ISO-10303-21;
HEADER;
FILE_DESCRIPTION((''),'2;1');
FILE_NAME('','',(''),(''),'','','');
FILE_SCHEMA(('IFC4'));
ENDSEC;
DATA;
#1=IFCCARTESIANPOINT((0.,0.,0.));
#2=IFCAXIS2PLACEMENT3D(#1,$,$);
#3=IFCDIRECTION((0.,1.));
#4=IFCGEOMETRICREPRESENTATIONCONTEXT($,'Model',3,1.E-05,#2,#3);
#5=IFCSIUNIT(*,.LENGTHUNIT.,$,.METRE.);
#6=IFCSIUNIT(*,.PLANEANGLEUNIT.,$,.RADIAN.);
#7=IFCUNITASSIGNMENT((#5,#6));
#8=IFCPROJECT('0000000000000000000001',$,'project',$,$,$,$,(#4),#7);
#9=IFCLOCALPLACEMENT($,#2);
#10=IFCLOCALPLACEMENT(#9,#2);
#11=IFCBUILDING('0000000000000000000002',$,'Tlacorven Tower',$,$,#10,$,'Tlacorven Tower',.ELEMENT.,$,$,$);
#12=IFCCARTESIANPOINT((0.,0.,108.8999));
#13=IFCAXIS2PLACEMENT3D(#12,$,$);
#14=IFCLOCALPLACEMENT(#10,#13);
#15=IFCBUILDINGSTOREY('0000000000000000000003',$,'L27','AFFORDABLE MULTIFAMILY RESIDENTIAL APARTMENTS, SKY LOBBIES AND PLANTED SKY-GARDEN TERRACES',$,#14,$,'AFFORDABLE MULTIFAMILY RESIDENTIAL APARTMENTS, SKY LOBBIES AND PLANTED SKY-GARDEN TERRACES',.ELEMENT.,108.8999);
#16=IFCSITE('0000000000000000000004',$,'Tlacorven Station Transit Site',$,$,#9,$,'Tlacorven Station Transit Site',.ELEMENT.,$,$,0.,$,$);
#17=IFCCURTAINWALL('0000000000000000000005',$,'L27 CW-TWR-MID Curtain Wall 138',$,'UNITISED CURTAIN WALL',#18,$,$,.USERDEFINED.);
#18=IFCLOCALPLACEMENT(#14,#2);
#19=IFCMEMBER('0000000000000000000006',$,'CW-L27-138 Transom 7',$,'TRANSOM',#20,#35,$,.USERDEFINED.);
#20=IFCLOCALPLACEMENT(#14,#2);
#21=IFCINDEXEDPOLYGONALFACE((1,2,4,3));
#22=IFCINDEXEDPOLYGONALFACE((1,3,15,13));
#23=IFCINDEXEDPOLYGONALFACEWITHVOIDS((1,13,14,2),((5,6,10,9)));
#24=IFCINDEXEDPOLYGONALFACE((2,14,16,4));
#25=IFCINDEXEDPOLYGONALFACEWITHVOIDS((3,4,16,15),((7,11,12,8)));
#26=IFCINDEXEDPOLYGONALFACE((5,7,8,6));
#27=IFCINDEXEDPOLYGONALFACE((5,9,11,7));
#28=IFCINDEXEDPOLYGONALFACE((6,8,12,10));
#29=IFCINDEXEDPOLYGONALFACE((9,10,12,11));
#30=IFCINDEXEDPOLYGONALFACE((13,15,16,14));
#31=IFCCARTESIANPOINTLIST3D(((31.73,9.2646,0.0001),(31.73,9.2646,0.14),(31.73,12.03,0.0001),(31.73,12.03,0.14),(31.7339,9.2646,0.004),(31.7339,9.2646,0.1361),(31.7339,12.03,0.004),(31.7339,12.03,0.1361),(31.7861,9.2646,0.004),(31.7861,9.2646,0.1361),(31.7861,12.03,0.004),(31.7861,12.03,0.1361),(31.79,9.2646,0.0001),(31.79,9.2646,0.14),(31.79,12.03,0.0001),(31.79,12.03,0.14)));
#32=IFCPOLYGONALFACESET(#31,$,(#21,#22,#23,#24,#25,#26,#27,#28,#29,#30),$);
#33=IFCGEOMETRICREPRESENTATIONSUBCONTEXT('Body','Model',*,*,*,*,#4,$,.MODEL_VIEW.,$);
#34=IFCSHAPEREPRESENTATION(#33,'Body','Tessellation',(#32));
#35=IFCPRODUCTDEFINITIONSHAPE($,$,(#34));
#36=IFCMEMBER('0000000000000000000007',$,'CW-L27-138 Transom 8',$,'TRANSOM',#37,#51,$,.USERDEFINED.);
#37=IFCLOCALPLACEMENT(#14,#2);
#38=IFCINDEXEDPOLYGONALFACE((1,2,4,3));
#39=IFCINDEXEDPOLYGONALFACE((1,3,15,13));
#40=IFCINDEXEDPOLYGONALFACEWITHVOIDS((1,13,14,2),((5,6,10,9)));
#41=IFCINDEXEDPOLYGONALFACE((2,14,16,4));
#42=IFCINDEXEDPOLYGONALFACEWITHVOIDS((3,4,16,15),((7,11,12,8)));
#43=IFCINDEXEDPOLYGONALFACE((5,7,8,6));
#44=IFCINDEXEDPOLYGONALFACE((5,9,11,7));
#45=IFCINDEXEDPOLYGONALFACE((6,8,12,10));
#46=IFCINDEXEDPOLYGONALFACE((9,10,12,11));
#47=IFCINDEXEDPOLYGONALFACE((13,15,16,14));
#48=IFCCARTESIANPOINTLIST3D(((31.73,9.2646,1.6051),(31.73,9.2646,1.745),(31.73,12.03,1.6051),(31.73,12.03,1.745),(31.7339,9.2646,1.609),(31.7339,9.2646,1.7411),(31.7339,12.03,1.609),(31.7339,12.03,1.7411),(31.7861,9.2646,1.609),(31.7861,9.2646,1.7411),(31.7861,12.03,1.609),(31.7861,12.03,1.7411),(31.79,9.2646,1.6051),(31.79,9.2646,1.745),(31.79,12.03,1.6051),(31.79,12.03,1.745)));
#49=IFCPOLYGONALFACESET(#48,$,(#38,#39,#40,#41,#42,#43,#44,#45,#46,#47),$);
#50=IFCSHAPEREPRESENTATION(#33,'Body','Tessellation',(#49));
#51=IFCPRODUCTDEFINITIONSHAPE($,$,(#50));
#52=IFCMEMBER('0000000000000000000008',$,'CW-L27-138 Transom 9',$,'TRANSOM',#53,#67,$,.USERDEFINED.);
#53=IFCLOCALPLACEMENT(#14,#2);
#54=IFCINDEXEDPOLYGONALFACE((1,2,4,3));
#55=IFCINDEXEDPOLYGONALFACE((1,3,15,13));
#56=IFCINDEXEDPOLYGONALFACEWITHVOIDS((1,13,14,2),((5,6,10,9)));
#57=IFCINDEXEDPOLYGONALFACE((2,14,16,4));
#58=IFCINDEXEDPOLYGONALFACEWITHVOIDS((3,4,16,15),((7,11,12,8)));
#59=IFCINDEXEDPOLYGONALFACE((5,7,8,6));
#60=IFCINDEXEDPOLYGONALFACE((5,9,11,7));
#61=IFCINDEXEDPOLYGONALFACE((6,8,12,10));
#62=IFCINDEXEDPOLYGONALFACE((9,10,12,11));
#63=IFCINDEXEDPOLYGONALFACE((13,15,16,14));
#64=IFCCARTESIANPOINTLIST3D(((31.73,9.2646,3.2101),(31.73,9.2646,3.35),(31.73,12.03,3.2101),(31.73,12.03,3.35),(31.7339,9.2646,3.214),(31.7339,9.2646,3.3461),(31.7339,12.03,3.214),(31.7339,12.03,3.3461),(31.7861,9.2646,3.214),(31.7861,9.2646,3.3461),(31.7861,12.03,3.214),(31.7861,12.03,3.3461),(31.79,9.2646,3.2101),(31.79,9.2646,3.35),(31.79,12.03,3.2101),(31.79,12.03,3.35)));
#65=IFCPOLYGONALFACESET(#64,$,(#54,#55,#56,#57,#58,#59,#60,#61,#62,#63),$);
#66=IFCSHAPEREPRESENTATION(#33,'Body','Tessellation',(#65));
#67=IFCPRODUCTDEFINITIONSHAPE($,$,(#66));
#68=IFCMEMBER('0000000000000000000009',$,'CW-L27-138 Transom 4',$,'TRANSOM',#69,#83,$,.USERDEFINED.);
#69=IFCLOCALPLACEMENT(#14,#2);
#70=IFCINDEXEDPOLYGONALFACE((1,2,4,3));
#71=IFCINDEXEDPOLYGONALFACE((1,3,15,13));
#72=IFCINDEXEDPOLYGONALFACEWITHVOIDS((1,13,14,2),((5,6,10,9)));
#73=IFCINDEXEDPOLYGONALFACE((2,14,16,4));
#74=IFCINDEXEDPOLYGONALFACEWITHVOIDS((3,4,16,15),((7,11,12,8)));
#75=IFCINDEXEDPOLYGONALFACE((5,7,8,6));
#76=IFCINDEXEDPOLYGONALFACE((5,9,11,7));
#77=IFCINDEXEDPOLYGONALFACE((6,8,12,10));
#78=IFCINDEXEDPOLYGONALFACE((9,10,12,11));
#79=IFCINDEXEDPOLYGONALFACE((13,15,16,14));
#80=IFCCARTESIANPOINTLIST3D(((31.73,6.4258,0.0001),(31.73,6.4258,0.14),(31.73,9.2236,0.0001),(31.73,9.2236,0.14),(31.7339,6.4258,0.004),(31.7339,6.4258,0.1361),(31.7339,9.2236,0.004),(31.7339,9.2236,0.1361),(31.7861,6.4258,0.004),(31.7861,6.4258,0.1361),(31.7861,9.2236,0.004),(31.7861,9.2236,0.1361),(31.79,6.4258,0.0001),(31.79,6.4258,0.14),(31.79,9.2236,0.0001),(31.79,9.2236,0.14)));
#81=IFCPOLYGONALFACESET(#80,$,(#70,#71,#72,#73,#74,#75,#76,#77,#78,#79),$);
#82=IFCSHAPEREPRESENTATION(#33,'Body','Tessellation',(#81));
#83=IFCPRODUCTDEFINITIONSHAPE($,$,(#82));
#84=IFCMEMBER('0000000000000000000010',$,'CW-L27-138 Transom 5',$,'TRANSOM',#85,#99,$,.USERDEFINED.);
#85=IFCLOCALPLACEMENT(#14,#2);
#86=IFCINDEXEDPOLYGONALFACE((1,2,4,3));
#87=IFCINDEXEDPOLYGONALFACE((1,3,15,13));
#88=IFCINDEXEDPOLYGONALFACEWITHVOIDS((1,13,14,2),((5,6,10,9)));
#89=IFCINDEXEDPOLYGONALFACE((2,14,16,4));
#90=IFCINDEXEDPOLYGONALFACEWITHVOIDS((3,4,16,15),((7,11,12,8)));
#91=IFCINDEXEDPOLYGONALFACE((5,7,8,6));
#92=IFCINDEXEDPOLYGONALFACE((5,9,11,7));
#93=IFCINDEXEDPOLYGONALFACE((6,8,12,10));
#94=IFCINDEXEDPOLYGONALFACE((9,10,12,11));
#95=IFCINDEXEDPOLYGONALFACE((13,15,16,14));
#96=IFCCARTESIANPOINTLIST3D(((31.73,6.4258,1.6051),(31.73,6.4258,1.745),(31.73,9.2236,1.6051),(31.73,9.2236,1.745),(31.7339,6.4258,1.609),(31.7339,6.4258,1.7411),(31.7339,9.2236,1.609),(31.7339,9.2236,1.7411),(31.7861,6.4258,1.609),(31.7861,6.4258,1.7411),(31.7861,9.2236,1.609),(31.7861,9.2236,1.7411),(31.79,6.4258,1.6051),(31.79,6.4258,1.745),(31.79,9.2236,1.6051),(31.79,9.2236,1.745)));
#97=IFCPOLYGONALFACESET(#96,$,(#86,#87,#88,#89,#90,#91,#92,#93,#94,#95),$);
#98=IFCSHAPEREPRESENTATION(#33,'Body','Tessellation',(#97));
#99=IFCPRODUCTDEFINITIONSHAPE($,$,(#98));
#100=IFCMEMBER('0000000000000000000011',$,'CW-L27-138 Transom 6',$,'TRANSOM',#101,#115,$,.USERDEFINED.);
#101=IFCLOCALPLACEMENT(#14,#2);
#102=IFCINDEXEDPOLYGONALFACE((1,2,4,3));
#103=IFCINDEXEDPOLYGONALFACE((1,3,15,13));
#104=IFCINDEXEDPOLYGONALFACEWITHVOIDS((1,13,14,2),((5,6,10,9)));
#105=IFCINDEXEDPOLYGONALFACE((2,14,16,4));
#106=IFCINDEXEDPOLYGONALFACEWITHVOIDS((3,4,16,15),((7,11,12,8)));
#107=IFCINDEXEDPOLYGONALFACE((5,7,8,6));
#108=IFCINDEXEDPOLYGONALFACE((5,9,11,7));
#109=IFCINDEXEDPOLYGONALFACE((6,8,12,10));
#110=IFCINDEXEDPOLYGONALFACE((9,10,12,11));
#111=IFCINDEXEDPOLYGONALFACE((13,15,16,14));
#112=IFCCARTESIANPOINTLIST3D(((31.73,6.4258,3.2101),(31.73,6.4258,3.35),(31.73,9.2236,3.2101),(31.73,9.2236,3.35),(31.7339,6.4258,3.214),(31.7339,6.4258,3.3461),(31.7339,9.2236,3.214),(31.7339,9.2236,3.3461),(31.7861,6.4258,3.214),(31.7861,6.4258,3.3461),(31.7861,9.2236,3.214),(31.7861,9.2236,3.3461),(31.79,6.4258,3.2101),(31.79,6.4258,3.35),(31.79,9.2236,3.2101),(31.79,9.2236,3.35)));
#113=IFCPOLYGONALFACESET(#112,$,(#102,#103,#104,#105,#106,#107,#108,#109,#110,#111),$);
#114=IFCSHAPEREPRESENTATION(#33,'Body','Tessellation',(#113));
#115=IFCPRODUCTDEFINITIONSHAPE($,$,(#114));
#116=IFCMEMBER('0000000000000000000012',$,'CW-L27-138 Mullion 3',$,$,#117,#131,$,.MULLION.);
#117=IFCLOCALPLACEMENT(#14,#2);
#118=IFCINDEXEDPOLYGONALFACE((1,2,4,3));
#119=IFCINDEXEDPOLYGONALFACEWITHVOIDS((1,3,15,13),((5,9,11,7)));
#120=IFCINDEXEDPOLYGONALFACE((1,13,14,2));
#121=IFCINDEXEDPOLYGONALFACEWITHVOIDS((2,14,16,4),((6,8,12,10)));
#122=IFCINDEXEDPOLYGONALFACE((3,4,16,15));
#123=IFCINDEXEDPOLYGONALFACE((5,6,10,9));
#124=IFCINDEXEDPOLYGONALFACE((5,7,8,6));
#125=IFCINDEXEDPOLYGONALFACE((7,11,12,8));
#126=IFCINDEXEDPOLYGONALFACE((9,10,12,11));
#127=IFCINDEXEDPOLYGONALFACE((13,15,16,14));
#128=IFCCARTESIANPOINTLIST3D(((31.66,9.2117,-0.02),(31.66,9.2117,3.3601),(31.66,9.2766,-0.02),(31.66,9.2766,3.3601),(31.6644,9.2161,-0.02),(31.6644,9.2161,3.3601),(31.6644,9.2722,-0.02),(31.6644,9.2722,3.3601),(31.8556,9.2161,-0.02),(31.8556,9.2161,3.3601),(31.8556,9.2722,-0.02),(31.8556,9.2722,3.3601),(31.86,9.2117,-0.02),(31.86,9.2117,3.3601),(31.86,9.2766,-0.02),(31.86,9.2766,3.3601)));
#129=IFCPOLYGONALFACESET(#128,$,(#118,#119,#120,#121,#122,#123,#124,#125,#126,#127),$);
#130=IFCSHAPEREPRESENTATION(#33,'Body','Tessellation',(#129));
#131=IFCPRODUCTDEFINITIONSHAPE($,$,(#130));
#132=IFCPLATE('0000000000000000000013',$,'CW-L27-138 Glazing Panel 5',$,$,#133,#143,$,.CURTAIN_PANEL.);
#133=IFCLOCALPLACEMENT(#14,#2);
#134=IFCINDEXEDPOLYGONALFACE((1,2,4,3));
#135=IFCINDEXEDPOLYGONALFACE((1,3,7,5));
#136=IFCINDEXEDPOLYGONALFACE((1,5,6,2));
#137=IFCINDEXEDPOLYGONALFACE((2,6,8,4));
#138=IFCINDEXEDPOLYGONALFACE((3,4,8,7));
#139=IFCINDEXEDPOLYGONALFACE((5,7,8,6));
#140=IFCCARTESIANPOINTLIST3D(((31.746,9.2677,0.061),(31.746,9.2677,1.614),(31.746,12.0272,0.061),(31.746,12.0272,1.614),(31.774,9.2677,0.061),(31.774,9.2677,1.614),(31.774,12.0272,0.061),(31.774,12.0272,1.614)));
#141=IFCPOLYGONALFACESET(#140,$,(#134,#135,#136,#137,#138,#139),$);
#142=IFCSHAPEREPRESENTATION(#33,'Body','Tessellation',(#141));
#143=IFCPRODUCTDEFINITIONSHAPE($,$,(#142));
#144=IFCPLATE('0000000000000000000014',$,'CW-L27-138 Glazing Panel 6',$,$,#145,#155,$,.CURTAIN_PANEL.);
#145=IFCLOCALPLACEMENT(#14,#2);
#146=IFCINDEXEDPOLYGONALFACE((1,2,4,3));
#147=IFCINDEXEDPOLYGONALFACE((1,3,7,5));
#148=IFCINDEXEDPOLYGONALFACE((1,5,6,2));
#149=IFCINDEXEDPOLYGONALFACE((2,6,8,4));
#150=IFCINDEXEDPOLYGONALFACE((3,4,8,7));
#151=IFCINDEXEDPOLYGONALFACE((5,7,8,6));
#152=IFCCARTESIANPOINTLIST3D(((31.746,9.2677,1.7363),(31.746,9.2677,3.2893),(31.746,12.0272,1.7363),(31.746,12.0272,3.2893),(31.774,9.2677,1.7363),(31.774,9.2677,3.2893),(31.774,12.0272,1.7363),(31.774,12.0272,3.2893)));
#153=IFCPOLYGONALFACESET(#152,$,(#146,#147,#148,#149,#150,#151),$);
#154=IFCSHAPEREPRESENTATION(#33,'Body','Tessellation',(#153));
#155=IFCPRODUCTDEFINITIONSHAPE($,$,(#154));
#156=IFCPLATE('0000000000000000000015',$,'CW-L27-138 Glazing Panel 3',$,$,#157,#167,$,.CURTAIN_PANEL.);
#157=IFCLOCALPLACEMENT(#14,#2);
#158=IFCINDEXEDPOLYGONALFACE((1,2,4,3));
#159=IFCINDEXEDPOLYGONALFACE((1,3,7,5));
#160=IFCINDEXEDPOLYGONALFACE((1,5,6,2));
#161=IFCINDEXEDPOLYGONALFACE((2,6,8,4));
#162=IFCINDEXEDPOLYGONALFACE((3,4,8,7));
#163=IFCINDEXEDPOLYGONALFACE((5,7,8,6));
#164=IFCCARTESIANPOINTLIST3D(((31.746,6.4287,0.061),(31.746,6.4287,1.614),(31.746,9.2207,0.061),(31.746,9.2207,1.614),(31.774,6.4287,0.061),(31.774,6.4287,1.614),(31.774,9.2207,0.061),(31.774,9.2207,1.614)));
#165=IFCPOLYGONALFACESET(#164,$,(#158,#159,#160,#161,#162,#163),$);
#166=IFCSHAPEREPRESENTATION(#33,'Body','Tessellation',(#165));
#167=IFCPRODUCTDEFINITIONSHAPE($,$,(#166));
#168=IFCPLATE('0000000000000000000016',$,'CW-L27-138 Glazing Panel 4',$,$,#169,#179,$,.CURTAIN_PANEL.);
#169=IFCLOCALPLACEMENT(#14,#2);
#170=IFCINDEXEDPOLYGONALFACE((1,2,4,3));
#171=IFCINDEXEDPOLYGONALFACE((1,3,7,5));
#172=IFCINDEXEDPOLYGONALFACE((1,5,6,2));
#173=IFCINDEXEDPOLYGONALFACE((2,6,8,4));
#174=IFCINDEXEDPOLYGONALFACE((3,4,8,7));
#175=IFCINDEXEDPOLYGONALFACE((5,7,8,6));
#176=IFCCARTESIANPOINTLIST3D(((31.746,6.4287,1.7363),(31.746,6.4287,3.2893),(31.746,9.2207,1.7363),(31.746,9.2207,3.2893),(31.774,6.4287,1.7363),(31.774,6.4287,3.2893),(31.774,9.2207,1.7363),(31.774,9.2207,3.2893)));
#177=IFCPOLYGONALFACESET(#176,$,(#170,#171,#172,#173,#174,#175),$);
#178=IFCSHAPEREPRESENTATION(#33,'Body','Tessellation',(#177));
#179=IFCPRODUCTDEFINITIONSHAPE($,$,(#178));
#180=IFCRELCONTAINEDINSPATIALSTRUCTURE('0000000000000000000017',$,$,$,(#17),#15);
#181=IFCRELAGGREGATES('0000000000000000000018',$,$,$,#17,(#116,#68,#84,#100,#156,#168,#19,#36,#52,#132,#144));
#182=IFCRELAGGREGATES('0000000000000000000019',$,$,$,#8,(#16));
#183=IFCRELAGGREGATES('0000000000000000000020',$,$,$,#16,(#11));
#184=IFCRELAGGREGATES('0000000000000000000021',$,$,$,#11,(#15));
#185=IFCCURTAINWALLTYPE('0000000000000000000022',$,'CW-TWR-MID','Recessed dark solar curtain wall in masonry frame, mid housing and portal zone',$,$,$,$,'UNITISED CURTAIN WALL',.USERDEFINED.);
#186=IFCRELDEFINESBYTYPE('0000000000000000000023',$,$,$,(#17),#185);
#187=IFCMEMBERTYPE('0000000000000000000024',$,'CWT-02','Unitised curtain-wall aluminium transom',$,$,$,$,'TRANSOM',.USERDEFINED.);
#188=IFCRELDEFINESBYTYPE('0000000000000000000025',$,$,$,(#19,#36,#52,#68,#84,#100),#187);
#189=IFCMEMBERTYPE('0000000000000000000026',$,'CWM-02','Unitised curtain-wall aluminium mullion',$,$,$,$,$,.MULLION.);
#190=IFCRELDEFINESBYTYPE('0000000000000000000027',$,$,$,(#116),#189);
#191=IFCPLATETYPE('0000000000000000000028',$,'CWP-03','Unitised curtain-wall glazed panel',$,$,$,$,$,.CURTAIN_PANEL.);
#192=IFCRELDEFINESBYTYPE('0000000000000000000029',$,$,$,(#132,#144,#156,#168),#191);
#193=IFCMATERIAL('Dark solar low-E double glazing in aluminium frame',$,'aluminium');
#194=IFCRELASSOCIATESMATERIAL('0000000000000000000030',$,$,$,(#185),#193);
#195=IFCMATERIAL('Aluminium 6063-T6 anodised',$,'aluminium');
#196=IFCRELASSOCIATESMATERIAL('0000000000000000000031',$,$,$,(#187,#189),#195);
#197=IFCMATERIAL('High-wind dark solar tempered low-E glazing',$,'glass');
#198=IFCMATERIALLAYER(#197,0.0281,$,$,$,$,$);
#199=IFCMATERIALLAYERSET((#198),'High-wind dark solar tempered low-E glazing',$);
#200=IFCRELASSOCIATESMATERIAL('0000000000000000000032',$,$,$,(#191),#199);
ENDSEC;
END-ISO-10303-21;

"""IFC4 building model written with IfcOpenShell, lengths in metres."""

from ifc_helpers import new_model, si_unit, direction, frame, origin, origin_2d, place, context, subcontext, project, spatial, rectangle, hollow_rectangle, extrude, source, transform, mapped, material, layer, layer_set, material_profile, profile_set, type_object, element, aggregate, save


model = new_model("IFC4")

# Units and contexts
model_context = context("Model", 3, precision=1e-05, world=origin(), true_north=direction((0.0, 1.0)))
body_context = subcontext(model_context, "Body", "Model", "MODEL_VIEW")
ifc_project = project(units=[si_unit("LENGTHUNIT", "METRE"), si_unit("PLANEANGLEUNIT", "RADIAN")], contexts=[model_context])

# Site, building, storey
site_placement = place(None, origin())
site = spatial("IfcSite", under=ifc_project, at=site_placement, Name="Tlacorven Station Transit Site", LongName="Tlacorven Station Transit Site", CompositionType="ELEMENT", RefElevation=0.0)
building_placement = place(site_placement, origin())
building = spatial("IfcBuilding", under=site, at=building_placement, Name="Tlacorven Tower", LongName="Tlacorven Tower", CompositionType="ELEMENT")
storey_placement = place(building_placement, frame((0.0, 0.0, 108.8999)))
storey = spatial("IfcBuildingStorey", under=building, at=storey_placement, Name="L27", Description="AFFORDABLE MULTIFAMILY RESIDENTIAL APARTMENTS, SKY LOBBIES AND PLANTED SKY-GARDEN TERRACES", LongName="AFFORDABLE MULTIFAMILY RESIDENTIAL APARTMENTS, SKY LOBBIES AND PLANTED SKY-GARDEN TERRACES", CompositionType="ELEMENT", Elevation=108.8999)

# Curtain wall, members, plates
ifc_material_1 = material(Name="Dark solar low-E double glazing in aluminium frame", Category="aluminium")
curtain_wall_type = type_object("IfcCurtainWallType", Name="CW-TWR-MID", Description="Recessed dark solar curtain wall in masonry frame, mid housing and portal zone", ElementType="UNITISED CURTAIN WALL", PredefinedType="USERDEFINED", material=ifc_material_1)
curtain_wall_placement = place(storey_placement, origin())
curtain_wall = element("IfcCurtainWall", 1, at=curtain_wall_placement, inside=storey, type_object=curtain_wall_type, Name="L27 CW-TWR-MID Curtain Wall 138", ObjectType="UNITISED CURTAIN WALL", PredefinedType="USERDEFINED")
ifc_material_2 = material(Name="Aluminium 6063-T6 anodised", Category="aluminium")
ifc_material_profile_1 = material_profile(ifc_material_2, hollow_rectangle(XDim=0.0601, YDim=0.1399, WallThickness=0.0039, at=origin_2d()), Name="ALU TRANSOM 60X140")
ifc_profile_set_1 = profile_set([ifc_material_profile_1], Name="Aluminium 6063-T6 anodised")
member_type_1 = type_object("IfcMemberType", Name="CWT-02", Description="Unitised curtain-wall aluminium transom", ElementType="TRANSOM", PredefinedType="USERDEFINED", material=ifc_profile_set_1)
shared_shape_1 = source(origin(), body_context, "Body", "SweptSolid", [
    extrude(hollow_rectangle(XDim=0.0601, YDim=0.1399, WallThickness=0.0039, at=origin_2d()), origin(), (0.0, 0.0, 1.0), 2.7654),
])
member_1_placement = place(storey_placement, frame((31.76, 9.2646, 0.0701), z_axis=(0.0, 1.0, 0.0), x_axis=(-1.0, 0.0, 0.0)))
member_1 = element("IfcMember", 2, at=member_1_placement, type_object=member_type_1, Name="CW-L27-138 Transom 7", ObjectType="TRANSOM", PredefinedType="USERDEFINED", context=body_context, shape_type="MappedRepresentation", body=[
    mapped(shared_shape_1, transform((0.0, 0.0, 0.0), scale=1.0)),
])
member_2_placement = place(storey_placement, frame((31.76, 9.2646, 1.675), z_axis=(0.0, 1.0, 0.0), x_axis=(-1.0, 0.0, 0.0)))
member_2 = element("IfcMember", 3, at=member_2_placement, type_object=member_type_1, Name="CW-L27-138 Transom 8", ObjectType="TRANSOM", PredefinedType="USERDEFINED", context=body_context, shape_type="MappedRepresentation", body=[
    mapped(shared_shape_1, transform((0.0, 0.0, 0.0), scale=1.0)),
])
member_3_placement = place(storey_placement, frame((31.76, 9.2646, 3.28), z_axis=(0.0, 1.0, 0.0), x_axis=(-1.0, 0.0, 0.0)))
member_3 = element("IfcMember", 4, at=member_3_placement, type_object=member_type_1, Name="CW-L27-138 Transom 9", ObjectType="TRANSOM", PredefinedType="USERDEFINED", context=body_context, shape_type="MappedRepresentation", body=[
    mapped(shared_shape_1, transform((0.0, 0.0, 0.0), scale=1.0)),
])
shared_shape_2 = source(origin(), body_context, "Body", "SweptSolid", [
    extrude(hollow_rectangle(XDim=0.0601, YDim=0.1399, WallThickness=0.0039, at=origin_2d()), origin(), (0.0, 0.0, 1.0), 2.7979),
])
member_4_placement = place(storey_placement, frame((31.76, 6.4258, 0.0701), z_axis=(0.0, 1.0, 0.0), x_axis=(-1.0, 0.0, 0.0)))
member_4 = element("IfcMember", 5, at=member_4_placement, type_object=member_type_1, Name="CW-L27-138 Transom 4", ObjectType="TRANSOM", PredefinedType="USERDEFINED", context=body_context, shape_type="MappedRepresentation", body=[
    mapped(shared_shape_2, transform((0.0, 0.0, 0.0), scale=1.0)),
])
member_5_placement = place(storey_placement, frame((31.76, 6.4258, 1.675), z_axis=(0.0, 1.0, 0.0), x_axis=(-1.0, 0.0, 0.0)))
member_5 = element("IfcMember", 6, at=member_5_placement, type_object=member_type_1, Name="CW-L27-138 Transom 5", ObjectType="TRANSOM", PredefinedType="USERDEFINED", context=body_context, shape_type="MappedRepresentation", body=[
    mapped(shared_shape_2, transform((0.0, 0.0, 0.0), scale=1.0)),
])
member_6_placement = place(storey_placement, frame((31.76, 6.4258, 3.28), z_axis=(0.0, 1.0, 0.0), x_axis=(-1.0, 0.0, 0.0)))
member_6 = element("IfcMember", 7, at=member_6_placement, type_object=member_type_1, Name="CW-L27-138 Transom 6", ObjectType="TRANSOM", PredefinedType="USERDEFINED", context=body_context, shape_type="MappedRepresentation", body=[
    mapped(shared_shape_2, transform((0.0, 0.0, 0.0), scale=1.0)),
])
ifc_material_profile_2 = material_profile(ifc_material_2, hollow_rectangle(XDim=0.0649, YDim=0.2, WallThickness=0.0044, at=origin_2d()), Name="ALU MULLION 65X200")
ifc_profile_set_2 = profile_set([ifc_material_profile_2], Name="Aluminium 6063-T6 anodised")
member_type_2 = type_object("IfcMemberType", Name="CWM-02", Description="Unitised curtain-wall aluminium mullion", PredefinedType="MULLION", material=ifc_profile_set_2)
shared_shape_3 = source(origin(), body_context, "Body", "SweptSolid", [
    extrude(hollow_rectangle(XDim=0.0649, YDim=0.2, WallThickness=0.0044, at=origin_2d()), origin(), (0.0, 0.0, 1.0), 3.3801),
])
member_7_placement = place(storey_placement, frame((31.76, 9.2441, -0.02), z_axis=(0.0, 0.0, 1.0), x_axis=(0.0, 1.0, 0.0)))
member_7 = element("IfcMember", 8, at=member_7_placement, type_object=member_type_2, Name="CW-L27-138 Mullion 3", PredefinedType="MULLION", context=body_context, shape_type="MappedRepresentation", body=[
    mapped(shared_shape_3, transform((0.0, 0.0, 0.0), scale=1.0)),
])
ifc_material_3 = material(Name="High-wind dark solar tempered low-E glazing", Category="glass")
ifc_layer = layer(ifc_material_3, 0.0281)
ifc_layer_set = layer_set([ifc_layer], Name="High-wind dark solar tempered low-E glazing")
plate_type = type_object("IfcPlateType", Name="CWP-03", Description="Unitised curtain-wall glazed panel", PredefinedType="CURTAIN_PANEL", material=ifc_layer_set)
shared_shape_4 = source(origin(), body_context, "Body", "SweptSolid", [
    extrude(rectangle(XDim=2.7595, YDim=0.0281, at=origin_2d()), origin(), (0.0, 0.0, 1.0), 1.553),
])
plate_1_placement = place(storey_placement, frame((31.76, 10.6475, 0.061), z_axis=(0.0, 0.0, 1.0), x_axis=(0.0, 1.0, 0.0)))
plate_1 = element("IfcPlate", 9, at=plate_1_placement, type_object=plate_type, Name="CW-L27-138 Glazing Panel 5", PredefinedType="CURTAIN_PANEL", context=body_context, shape_type="MappedRepresentation", body=[
    mapped(shared_shape_4, transform((0.0, 0.0, 0.0), scale=1.0)),
])
plate_2_placement = place(storey_placement, frame((31.76, 10.6475, 1.7363), z_axis=(0.0, 0.0, 1.0), x_axis=(0.0, 1.0, 0.0)))
plate_2 = element("IfcPlate", 10, at=plate_2_placement, type_object=plate_type, Name="CW-L27-138 Glazing Panel 6", PredefinedType="CURTAIN_PANEL", context=body_context, shape_type="MappedRepresentation", body=[
    mapped(shared_shape_4, transform((0.0, 0.0, 0.0), scale=1.0)),
])
shared_shape_5 = source(origin(), body_context, "Body", "SweptSolid", [
    extrude(rectangle(XDim=2.792, YDim=0.0281, at=origin_2d()), origin(), (0.0, 0.0, 1.0), 1.553),
])
plate_3_placement = place(storey_placement, frame((31.76, 7.8247, 0.061), z_axis=(0.0, 0.0, 1.0), x_axis=(0.0, 1.0, 0.0)))
plate_3 = element("IfcPlate", 11, at=plate_3_placement, type_object=plate_type, Name="CW-L27-138 Glazing Panel 3", PredefinedType="CURTAIN_PANEL", context=body_context, shape_type="MappedRepresentation", body=[
    mapped(shared_shape_5, transform((0.0, 0.0, 0.0), scale=1.0)),
])
plate_4_placement = place(storey_placement, frame((31.76, 7.8247, 1.7363), z_axis=(0.0, 0.0, 1.0), x_axis=(0.0, 1.0, 0.0)))
plate_4 = element("IfcPlate", 12, at=plate_4_placement, type_object=plate_type, Name="CW-L27-138 Glazing Panel 4", PredefinedType="CURTAIN_PANEL", context=body_context, shape_type="MappedRepresentation", body=[
    mapped(shared_shape_5, transform((0.0, 0.0, 0.0), scale=1.0)),
])
aggregate(curtain_wall, [member_7, member_4, member_5, member_6, plate_3, plate_4, member_1, member_2, member_3, plate_1, plate_2])

save(model, "model.ifc")
